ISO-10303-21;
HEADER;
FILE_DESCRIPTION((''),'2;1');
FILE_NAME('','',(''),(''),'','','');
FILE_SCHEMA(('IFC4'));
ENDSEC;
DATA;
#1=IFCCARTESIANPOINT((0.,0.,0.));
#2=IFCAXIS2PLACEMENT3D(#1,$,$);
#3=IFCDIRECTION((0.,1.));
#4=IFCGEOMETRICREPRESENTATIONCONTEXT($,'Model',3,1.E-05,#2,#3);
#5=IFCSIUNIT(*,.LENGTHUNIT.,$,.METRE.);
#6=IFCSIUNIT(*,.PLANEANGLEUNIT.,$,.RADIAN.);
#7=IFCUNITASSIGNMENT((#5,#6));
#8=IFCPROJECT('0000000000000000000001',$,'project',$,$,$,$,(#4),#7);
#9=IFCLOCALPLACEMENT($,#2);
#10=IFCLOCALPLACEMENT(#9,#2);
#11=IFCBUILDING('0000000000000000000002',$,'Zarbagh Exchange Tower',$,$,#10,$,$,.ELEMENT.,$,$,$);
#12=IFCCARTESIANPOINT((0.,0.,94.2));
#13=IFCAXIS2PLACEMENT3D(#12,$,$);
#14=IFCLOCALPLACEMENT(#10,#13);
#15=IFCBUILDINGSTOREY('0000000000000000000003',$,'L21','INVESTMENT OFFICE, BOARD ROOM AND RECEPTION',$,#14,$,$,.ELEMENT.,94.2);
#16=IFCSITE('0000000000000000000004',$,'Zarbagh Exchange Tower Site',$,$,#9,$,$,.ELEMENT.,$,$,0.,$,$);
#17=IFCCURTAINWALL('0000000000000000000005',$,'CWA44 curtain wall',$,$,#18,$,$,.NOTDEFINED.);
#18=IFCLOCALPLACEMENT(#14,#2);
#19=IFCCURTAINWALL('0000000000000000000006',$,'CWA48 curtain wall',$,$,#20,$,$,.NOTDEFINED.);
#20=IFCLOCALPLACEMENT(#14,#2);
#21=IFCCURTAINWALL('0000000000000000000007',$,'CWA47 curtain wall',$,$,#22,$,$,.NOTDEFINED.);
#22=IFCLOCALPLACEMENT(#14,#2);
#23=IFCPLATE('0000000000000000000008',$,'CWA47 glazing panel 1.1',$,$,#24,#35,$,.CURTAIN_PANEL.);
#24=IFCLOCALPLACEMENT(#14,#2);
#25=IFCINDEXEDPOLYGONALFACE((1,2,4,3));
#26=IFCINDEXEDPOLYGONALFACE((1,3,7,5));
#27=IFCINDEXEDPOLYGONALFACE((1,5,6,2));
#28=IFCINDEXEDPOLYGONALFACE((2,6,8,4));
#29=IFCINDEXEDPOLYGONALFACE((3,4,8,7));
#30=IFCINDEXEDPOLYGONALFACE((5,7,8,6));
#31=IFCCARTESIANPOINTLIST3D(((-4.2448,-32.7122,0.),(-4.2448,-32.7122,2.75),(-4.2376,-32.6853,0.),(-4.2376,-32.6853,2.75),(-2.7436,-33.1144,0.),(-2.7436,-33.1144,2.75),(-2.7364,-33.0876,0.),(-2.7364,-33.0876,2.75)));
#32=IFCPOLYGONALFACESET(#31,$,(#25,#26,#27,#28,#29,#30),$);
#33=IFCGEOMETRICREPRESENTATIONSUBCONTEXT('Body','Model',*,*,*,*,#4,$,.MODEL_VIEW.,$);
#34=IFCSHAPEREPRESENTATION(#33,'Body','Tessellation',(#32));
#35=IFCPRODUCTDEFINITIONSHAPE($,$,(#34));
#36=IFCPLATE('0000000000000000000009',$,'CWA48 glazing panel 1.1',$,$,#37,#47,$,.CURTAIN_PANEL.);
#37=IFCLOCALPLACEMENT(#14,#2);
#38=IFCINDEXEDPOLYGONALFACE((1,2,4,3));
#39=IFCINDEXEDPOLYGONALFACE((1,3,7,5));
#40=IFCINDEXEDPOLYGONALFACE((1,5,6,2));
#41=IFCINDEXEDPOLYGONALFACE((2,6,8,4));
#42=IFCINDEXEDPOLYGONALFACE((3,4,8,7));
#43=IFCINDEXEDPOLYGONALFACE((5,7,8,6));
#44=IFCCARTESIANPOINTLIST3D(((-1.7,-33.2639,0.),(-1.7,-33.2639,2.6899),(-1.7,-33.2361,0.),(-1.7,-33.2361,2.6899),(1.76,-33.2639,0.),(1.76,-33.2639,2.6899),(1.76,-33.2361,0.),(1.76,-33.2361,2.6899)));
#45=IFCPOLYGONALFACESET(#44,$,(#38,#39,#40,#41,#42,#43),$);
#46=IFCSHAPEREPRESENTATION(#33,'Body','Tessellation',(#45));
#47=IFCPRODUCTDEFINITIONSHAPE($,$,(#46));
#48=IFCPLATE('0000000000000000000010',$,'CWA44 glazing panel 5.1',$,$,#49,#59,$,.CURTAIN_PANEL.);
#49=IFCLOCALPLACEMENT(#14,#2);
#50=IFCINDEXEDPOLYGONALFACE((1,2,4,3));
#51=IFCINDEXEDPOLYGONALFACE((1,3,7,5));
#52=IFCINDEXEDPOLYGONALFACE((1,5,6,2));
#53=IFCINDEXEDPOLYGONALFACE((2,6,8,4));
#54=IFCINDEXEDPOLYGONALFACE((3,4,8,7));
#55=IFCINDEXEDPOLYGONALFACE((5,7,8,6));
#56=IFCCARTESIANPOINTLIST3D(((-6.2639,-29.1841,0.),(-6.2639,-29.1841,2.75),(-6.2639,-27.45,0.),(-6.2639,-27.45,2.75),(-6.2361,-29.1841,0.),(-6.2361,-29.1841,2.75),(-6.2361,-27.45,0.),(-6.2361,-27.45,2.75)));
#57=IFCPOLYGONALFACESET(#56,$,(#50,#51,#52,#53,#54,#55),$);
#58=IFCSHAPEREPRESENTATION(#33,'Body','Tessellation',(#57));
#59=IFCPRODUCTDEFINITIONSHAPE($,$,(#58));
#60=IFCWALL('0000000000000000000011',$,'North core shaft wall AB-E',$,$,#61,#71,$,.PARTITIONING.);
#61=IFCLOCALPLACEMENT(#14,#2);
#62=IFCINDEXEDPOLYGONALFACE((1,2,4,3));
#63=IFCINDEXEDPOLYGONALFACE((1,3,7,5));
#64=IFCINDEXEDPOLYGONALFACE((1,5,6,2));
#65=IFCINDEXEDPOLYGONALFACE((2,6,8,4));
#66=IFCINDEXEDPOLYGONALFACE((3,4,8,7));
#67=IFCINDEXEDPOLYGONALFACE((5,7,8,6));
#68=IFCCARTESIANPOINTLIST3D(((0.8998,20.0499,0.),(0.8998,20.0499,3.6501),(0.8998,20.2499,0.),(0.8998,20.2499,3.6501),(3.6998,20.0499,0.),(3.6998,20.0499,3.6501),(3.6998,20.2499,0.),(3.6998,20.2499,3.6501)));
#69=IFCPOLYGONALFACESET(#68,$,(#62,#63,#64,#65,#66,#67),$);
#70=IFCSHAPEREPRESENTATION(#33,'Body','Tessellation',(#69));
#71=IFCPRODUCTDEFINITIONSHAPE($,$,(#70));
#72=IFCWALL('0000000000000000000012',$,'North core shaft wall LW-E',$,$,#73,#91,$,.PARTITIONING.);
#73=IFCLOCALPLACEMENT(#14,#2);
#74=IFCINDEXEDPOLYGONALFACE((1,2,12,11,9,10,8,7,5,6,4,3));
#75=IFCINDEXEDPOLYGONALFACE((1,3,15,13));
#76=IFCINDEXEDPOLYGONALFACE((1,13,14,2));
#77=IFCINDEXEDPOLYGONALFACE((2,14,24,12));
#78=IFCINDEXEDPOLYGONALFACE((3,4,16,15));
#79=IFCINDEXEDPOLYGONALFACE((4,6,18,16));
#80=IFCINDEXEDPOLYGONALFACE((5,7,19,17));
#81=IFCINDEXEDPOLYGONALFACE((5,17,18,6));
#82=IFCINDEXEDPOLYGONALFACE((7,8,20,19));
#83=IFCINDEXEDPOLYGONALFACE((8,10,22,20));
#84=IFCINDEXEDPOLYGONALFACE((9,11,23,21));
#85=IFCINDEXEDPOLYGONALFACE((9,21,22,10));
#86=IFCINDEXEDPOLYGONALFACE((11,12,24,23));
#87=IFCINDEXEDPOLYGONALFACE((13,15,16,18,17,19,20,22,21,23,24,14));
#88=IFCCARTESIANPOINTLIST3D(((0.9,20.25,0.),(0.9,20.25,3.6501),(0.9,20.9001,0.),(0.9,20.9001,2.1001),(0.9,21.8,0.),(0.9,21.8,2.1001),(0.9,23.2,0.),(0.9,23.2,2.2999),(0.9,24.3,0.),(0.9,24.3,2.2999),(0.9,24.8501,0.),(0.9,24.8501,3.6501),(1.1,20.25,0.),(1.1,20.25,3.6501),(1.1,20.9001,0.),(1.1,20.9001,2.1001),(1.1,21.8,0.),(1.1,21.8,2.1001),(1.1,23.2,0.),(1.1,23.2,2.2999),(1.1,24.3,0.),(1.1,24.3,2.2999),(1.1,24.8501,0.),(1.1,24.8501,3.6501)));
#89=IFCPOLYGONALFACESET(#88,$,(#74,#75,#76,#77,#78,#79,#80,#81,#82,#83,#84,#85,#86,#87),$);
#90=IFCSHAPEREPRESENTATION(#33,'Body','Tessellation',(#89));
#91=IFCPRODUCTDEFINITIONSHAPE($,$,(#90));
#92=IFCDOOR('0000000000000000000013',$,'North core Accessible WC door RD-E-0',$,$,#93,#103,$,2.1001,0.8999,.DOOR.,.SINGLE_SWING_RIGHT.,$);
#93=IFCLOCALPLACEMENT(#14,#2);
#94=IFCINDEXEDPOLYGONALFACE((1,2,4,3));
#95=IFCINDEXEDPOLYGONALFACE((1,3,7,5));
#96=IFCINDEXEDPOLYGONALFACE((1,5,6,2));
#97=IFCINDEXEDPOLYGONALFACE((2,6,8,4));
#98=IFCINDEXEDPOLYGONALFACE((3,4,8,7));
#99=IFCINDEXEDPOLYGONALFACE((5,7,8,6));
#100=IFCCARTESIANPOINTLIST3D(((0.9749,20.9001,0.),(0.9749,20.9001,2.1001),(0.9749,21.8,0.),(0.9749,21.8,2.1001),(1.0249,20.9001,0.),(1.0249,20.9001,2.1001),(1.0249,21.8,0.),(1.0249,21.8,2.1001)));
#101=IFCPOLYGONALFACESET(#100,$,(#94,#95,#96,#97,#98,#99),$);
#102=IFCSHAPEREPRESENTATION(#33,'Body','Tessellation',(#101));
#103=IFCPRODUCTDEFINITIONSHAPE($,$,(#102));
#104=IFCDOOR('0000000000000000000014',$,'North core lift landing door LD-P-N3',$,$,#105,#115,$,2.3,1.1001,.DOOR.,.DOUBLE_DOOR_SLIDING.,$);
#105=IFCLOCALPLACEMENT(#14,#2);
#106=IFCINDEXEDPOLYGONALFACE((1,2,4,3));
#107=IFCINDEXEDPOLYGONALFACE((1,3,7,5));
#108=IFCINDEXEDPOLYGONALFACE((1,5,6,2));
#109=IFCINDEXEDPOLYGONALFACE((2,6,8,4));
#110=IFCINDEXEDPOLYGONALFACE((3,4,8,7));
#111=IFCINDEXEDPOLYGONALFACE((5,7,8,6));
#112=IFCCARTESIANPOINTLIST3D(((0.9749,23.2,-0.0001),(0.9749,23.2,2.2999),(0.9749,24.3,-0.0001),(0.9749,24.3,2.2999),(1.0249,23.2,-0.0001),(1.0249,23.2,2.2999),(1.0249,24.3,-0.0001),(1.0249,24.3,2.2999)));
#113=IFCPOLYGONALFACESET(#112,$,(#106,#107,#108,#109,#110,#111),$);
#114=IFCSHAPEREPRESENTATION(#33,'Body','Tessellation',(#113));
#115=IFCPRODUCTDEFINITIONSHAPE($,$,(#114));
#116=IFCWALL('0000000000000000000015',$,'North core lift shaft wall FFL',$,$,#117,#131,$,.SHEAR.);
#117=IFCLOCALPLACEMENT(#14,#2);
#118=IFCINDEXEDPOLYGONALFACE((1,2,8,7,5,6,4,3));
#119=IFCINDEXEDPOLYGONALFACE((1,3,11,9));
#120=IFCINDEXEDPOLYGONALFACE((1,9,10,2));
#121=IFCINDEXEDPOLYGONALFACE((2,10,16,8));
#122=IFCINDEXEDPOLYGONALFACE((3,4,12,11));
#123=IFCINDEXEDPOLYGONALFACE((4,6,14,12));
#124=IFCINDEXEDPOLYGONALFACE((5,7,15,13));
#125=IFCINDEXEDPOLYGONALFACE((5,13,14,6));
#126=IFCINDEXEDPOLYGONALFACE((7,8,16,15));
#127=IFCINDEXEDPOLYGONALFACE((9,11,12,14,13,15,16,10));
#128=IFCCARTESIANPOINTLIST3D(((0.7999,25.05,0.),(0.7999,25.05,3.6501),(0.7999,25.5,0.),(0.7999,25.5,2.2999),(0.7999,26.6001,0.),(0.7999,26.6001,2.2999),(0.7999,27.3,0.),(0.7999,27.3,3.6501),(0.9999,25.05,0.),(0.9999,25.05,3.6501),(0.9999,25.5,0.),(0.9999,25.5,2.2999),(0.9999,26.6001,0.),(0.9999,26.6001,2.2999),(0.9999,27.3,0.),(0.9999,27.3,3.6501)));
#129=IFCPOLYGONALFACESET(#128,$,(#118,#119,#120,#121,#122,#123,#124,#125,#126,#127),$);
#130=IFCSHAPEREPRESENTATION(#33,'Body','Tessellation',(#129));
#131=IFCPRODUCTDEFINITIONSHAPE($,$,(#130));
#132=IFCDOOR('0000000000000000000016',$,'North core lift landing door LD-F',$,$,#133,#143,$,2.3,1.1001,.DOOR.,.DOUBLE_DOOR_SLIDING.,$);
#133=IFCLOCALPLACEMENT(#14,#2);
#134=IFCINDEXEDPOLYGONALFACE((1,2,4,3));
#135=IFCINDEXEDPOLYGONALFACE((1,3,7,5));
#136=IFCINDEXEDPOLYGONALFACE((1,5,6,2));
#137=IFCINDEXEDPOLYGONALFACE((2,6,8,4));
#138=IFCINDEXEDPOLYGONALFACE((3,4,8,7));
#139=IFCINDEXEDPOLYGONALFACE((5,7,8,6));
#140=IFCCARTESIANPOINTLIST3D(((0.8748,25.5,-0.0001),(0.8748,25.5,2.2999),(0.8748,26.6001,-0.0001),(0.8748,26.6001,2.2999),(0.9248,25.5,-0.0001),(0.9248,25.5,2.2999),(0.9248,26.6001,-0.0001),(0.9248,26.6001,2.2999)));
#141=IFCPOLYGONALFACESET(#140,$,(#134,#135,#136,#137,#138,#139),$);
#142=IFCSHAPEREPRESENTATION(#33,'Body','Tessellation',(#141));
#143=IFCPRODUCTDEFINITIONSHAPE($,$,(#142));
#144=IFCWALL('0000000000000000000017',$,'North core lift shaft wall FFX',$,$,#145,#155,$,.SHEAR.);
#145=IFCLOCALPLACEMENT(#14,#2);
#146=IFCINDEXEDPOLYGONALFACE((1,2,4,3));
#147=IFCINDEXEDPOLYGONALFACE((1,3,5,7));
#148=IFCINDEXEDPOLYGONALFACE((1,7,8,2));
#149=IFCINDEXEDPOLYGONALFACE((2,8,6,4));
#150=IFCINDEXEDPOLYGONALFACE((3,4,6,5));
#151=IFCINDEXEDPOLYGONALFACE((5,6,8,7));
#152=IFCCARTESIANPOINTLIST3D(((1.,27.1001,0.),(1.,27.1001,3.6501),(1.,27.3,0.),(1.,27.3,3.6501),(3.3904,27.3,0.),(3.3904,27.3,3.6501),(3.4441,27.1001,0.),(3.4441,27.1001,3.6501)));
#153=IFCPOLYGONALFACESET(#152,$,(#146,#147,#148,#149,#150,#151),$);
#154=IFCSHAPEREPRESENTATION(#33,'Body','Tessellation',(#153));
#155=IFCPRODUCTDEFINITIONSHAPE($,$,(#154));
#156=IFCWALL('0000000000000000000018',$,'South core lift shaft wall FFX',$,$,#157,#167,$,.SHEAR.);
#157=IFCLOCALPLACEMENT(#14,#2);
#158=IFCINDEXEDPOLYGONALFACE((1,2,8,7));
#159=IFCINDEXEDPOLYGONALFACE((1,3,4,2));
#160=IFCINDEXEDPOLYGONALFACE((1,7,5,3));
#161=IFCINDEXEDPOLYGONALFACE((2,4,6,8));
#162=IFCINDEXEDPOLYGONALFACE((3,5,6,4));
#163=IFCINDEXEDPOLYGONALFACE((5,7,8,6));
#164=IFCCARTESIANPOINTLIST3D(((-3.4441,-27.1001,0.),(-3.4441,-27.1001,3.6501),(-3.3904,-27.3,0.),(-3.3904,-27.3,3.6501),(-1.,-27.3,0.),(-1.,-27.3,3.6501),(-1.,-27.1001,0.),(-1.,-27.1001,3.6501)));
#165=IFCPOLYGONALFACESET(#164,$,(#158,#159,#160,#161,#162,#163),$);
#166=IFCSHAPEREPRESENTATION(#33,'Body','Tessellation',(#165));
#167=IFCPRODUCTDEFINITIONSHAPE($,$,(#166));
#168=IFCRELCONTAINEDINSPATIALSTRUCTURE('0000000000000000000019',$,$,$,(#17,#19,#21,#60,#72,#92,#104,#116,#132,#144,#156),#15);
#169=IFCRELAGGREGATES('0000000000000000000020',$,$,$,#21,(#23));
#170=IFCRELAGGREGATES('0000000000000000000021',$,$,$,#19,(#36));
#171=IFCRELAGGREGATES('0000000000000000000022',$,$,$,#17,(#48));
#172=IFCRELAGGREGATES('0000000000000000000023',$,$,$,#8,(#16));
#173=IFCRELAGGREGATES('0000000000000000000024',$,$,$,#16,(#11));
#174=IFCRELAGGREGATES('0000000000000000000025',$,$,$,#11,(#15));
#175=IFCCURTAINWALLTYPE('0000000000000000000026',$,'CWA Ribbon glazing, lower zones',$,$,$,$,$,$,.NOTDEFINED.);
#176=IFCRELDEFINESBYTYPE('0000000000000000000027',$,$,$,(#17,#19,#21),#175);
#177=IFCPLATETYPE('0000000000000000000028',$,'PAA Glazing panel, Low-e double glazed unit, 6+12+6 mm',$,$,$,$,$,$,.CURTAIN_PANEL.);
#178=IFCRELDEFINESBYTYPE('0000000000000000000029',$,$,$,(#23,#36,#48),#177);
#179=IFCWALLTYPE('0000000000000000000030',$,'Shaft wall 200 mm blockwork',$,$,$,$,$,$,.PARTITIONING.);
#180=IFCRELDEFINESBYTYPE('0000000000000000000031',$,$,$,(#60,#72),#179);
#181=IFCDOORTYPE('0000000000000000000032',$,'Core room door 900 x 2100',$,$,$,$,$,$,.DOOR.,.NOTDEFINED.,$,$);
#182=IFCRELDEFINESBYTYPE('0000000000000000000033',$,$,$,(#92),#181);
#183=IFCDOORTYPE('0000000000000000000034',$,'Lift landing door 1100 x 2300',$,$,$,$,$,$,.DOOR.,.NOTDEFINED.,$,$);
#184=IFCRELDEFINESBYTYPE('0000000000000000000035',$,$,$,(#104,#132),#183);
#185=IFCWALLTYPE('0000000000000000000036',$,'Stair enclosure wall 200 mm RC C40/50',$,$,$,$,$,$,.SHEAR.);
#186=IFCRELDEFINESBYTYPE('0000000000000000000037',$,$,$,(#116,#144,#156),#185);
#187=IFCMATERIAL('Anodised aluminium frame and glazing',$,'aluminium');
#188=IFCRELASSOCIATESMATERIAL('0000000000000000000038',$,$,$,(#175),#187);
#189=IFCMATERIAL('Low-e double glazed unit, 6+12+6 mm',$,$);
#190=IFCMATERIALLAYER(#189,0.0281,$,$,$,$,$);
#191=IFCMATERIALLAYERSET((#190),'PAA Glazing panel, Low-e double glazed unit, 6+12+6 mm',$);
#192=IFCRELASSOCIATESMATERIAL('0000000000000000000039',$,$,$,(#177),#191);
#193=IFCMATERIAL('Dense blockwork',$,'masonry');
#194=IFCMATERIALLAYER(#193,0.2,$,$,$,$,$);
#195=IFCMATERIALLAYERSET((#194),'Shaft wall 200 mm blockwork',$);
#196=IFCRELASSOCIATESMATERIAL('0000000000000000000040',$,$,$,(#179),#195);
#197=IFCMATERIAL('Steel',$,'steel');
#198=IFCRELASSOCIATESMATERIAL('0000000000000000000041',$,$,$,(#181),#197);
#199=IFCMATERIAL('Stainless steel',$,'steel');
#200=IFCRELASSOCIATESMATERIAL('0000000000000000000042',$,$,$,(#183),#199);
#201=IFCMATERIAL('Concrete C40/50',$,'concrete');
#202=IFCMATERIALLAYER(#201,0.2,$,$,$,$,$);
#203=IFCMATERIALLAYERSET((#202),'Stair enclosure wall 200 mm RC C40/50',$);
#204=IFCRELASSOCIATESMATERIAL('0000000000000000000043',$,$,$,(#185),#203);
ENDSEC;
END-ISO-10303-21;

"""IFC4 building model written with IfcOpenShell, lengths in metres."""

from ifc_helpers import new_model, si_unit, direction, frame, frame_2d, origin, place, context, subcontext, project, spatial, polyline, rectangle, outline, extrude, source, transform, mapped, material, layer, layer_set, type_object, element, fill, aggregate, save


model = new_model("IFC4")

# Units and contexts
model_context = context("Model", 3, precision=1e-05, world=origin(), true_north=direction((0.0, 1.0)))
body_context = subcontext(model_context, "Body", "Model", "MODEL_VIEW")
ifc_project = project(units=[si_unit("LENGTHUNIT", "METRE"), si_unit("PLANEANGLEUNIT", "RADIAN")], contexts=[model_context])

# Site, building, storey
site_placement = place(None, origin())
site = spatial("IfcSite", under=ifc_project, at=site_placement, Name="Zarbagh Exchange Tower Site", CompositionType="ELEMENT", RefElevation=0.0)
building_placement = place(site_placement, origin())
building = spatial("IfcBuilding", under=site, at=building_placement, Name="Zarbagh Exchange Tower", CompositionType="ELEMENT")
storey_placement = place(building_placement, frame((0.0, 0.0, 94.2)))
storey = spatial("IfcBuildingStorey", under=building, at=storey_placement, Name="L21", Description="INVESTMENT OFFICE, BOARD ROOM AND RECEPTION", CompositionType="ELEMENT", Elevation=94.2)

# Curtain wall
ifc_material_1 = material(Name="Anodised aluminium frame and glazing", Category="aluminium")
curtain_wall_type = type_object("IfcCurtainWallType", Name="CWA Ribbon glazing, lower zones", PredefinedType="NOTDEFINED", material=ifc_material_1)
curtain_wall_1_placement = place(storey_placement, origin())
curtain_wall_1 = element("IfcCurtainWall", 1, at=curtain_wall_1_placement, inside=storey, type_object=curtain_wall_type, Name="CWA44 curtain wall", PredefinedType="NOTDEFINED")
placement = place(storey_placement, origin())

# Curtain wall
curtain_wall_2_placement = place(storey_placement, origin())
curtain_wall_2 = element("IfcCurtainWall", 2, at=curtain_wall_2_placement, inside=storey, type_object=curtain_wall_type, Name="CWA48 curtain wall", PredefinedType="NOTDEFINED")

# Shared definitions
ifc_material_2 = material(Name="Concrete C40/50", Category="concrete")

# Shared definitions
ifc_material_3 = material(Name="Low-e double glazed unit, 6+12+6 mm")
ifc_layer_1 = layer(ifc_material_3, 0.0281)
ifc_layer_set_1 = layer_set([ifc_layer_1], Name="PAA Glazing panel, Low-e double glazed unit, 6+12+6 mm")
plate_type = type_object("IfcPlateType", Name="PAA Glazing panel, Low-e double glazed unit, 6+12+6 mm", PredefinedType="CURTAIN_PANEL", material=ifc_layer_set_1)

# Curtain wall, plate
curtain_wall_3_placement = place(storey_placement, origin())
curtain_wall_3 = element("IfcCurtainWall", 3, at=curtain_wall_3_placement, inside=storey, type_object=curtain_wall_type, Name="CWA47 curtain wall", PredefinedType="NOTDEFINED")
shared_shape_1 = source(origin(), body_context, "Body", "SweptSolid", [
    extrude(outline(polyline([(0.0, -0.0139), (1.5542, -0.0139), (1.5542, 0.0139), (0.0, 0.0139), (0.0, -0.0139)])), origin(), (0.0, 0.0, 1.0), 2.75),
])
plate_1 = element("IfcPlate", 4, at=placement, type_object=plate_type, Name="CWA47 glazing panel 1.1", PredefinedType="CURTAIN_PANEL", context=body_context, shape_type="MappedRepresentation", body=[
    mapped(shared_shape_1, transform((-4.2412, -32.6987, 0.0), x_axis=(0.965924, -0.258825, 0.0), y_axis=(0.258825, 0.965924, 0.0), z_axis=(0.0, 0.0, 1.0))),
])
aggregate(curtain_wall_3, [plate_1])

# Plates
shared_shape_2 = source(origin(), body_context, "Body", "SweptSolid", [
    extrude(outline(polyline([(0.0, -0.0139), (3.46, -0.0139), (3.46, 0.0139), (0.0, 0.0139), (0.0, -0.0139)])), origin(), (0.0, 0.0, 1.0), 2.6899),
])
plate_2 = element("IfcPlate", 5, at=placement, type_object=plate_type, Name="CWA48 glazing panel 1.1", PredefinedType="CURTAIN_PANEL", context=body_context, shape_type="MappedRepresentation", body=[
    mapped(shared_shape_2, transform((-1.7, -33.25, 0.0), x_axis=(1.0, 0.0, 0.0), y_axis=(0.0, 1.0, 0.0), z_axis=(0.0, 0.0, 1.0))),
])
aggregate(curtain_wall_2, [plate_2])
shared_shape_3 = source(origin(), body_context, "Body", "SweptSolid", [
    extrude(outline(polyline([(0.0, -0.0139), (1.7341, -0.0139), (1.7341, 0.0139), (0.0, 0.0139), (0.0, -0.0139)])), origin(), (0.0, 0.0, 1.0), 2.75),
])
plate_3 = element("IfcPlate", 6, at=placement, type_object=plate_type, Name="CWA44 glazing panel 5.1", PredefinedType="CURTAIN_PANEL", context=body_context, shape_type="MappedRepresentation", body=[
    mapped(shared_shape_3, transform((-6.25, -27.45, 0.0), x_axis=(0.0, -1.0, 0.0), y_axis=(1.0, 0.0, 0.0), z_axis=(0.0, 0.0, 1.0))),
])
aggregate(curtain_wall_1, [plate_3])

# Wall
ifc_material_4 = material(Name="Dense blockwork", Category="masonry")
ifc_layer_2 = layer(ifc_material_4, 0.2)
ifc_layer_set_2 = layer_set([ifc_layer_2], Name="Shaft wall 200 mm blockwork")
wall_type_1 = type_object("IfcWallType", Name="Shaft wall 200 mm blockwork", PredefinedType="PARTITIONING", material=ifc_layer_set_2)
wall_1_placement = place(storey_placement, frame((0.8999, 20.1499, 0.0), z_axis=(0.0, 0.0, 1.0), x_axis=(1.0, 0.0, 0.0)))
element("IfcWall", 7, at=wall_1_placement, inside=storey, type_object=wall_type_1, Name="North core shaft wall AB-E", PredefinedType="PARTITIONING", context=body_context, shape_type="SweptSolid", body=[
    extrude(rectangle(XDim=2.8, YDim=0.2, at=frame_2d((1.3999, 0.0))), origin(), (0.0, 0.0, 1.0), 3.6501),
])

# Wall, openings, doors
wall_2_placement = place(storey_placement, frame((1.0, 24.8501, 0.0), z_axis=(0.0, 0.0, 1.0), x_axis=(0.0, -1.0, 0.0)))
wall_2 = element("IfcWall", 8, at=wall_2_placement, inside=storey, type_object=wall_type_1, Name="North core shaft wall LW-E", PredefinedType="PARTITIONING", context=body_context, shape_type="SweptSolid", body=[
    extrude(rectangle(XDim=4.6001, YDim=0.2, at=frame_2d((2.3, 0.0))), origin(), (0.0, 0.0, 1.0), 3.6501),
])
opening_1_placement = place(wall_2_placement, frame((0.55, 0.0, 0.0)))
opening_1 = element("IfcOpeningElement", 9, at=opening_1_placement, cuts=wall_2, PredefinedType="OPENING", context=body_context, shape_type="SweptSolid", body=[
    extrude(rectangle(XDim=1.1001, YDim=2.3, at=frame_2d((0.55, 1.1499))), frame((0.0, 0.1099, 0.0), z_axis=(0.0, -1.0, 0.0), x_axis=(1.0, 0.0, 0.0)), (0.0, 0.0, 1.0), 0.22),
])
opening_2_placement = place(wall_2_placement, frame((3.05, 0.0, 0.0)))
opening_2 = element("IfcOpeningElement", 10, at=opening_2_placement, cuts=wall_2, PredefinedType="OPENING", context=body_context, shape_type="SweptSolid", body=[
    extrude(rectangle(XDim=0.8999, YDim=2.1001, at=frame_2d((0.45, 1.05))), frame((0.0, 0.1099, 0.0), z_axis=(0.0, -1.0, 0.0), x_axis=(1.0, 0.0, 0.0)), (0.0, 0.0, 1.0), 0.22),
])
ifc_material_5 = material(Name="Steel", Category="steel")
door_type_1 = type_object("IfcDoorType", Name="Core room door 900 x 2100", OperationType="NOTDEFINED", PredefinedType="DOOR", material=ifc_material_5)
door_1_placement = place(opening_2_placement, origin())
door_1 = element("IfcDoor", 11, at=door_1_placement, inside=storey, type_object=door_type_1, Name="North core Accessible WC door RD-E-0", OperationType="SINGLE_SWING_RIGHT", OverallHeight=2.1001, OverallWidth=0.8999, PredefinedType="DOOR", context=body_context, shape_type="SweptSolid", body=[
    extrude(rectangle(XDim=0.8999, YDim=2.1001, at=frame_2d((0.45, 1.05))), frame((0.0, 0.0249, 0.0), z_axis=(0.0, -1.0, 0.0), x_axis=(1.0, 0.0, 0.0)), (0.0, 0.0, 1.0), 0.05),
])
fill(opening_2, door_1)
ifc_material_6 = material(Name="Stainless steel", Category="steel")
door_type_2 = type_object("IfcDoorType", Name="Lift landing door 1100 x 2300", OperationType="NOTDEFINED", PredefinedType="DOOR", material=ifc_material_6)
door_2_placement = place(opening_1_placement, origin())
door_2 = element("IfcDoor", 12, at=door_2_placement, inside=storey, type_object=door_type_2, Name="North core lift landing door LD-P-N3", OperationType="DOUBLE_DOOR_SLIDING", OverallHeight=2.3, OverallWidth=1.1001, PredefinedType="DOOR", context=body_context, shape_type="SweptSolid", body=[
    extrude(rectangle(XDim=1.1001, YDim=2.3, at=frame_2d((0.55, 1.1499))), frame((0.0, 0.0249, 0.0), z_axis=(0.0, -1.0, 0.0), x_axis=(1.0, 0.0, 0.0)), (0.0, 0.0, 1.0), 0.05),
])
fill(opening_1, door_2)

# Wall, opening, door
ifc_layer_3 = layer(ifc_material_2, 0.2)
ifc_layer_set_3 = layer_set([ifc_layer_3], Name="Stair enclosure wall 200 mm RC C40/50")
wall_type_2 = type_object("IfcWallType", Name="Stair enclosure wall 200 mm RC C40/50", PredefinedType="SHEAR", material=ifc_layer_set_3)
wall_3_placement = place(storey_placement, frame((0.8999, 27.3, 0.0), z_axis=(0.0, 0.0, 1.0), x_axis=(0.0, -1.0, 0.0)))
wall_3 = element("IfcWall", 13, at=wall_3_placement, inside=storey, type_object=wall_type_2, Name="North core lift shaft wall FFL", PredefinedType="SHEAR", context=body_context, shape_type="SweptSolid", body=[
    extrude(rectangle(XDim=2.25, YDim=0.2, at=frame_2d((1.125, 0.0))), origin(), (0.0, 0.0, 1.0), 3.6501),
])
opening_3_placement = place(wall_3_placement, frame((0.7, 0.0, 0.0)))
opening_3 = element("IfcOpeningElement", 14, at=opening_3_placement, cuts=wall_3, PredefinedType="OPENING", context=body_context, shape_type="SweptSolid", body=[
    extrude(rectangle(XDim=1.1001, YDim=2.3, at=frame_2d((0.55, 1.1499))), frame((0.0, 0.1099, 0.0), z_axis=(0.0, -1.0, 0.0), x_axis=(1.0, 0.0, 0.0)), (0.0, 0.0, 1.0), 0.22),
])
door_3_placement = place(opening_3_placement, origin())
door_3 = element("IfcDoor", 15, at=door_3_placement, inside=storey, type_object=door_type_2, Name="North core lift landing door LD-F", OperationType="DOUBLE_DOOR_SLIDING", OverallHeight=2.3, OverallWidth=1.1001, PredefinedType="DOOR", context=body_context, shape_type="SweptSolid", body=[
    extrude(rectangle(XDim=1.1001, YDim=2.3, at=frame_2d((0.55, 1.1499))), frame((0.0, 0.0249, 0.0), z_axis=(0.0, -1.0, 0.0), x_axis=(1.0, 0.0, 0.0)), (0.0, 0.0, 1.0), 0.05),
])
fill(opening_3, door_3)

# Walls
wall_4_placement = place(storey_placement, origin())
element("IfcWall", 16, at=wall_4_placement, inside=storey, type_object=wall_type_2, Name="North core lift shaft wall FFX", PredefinedType="SHEAR", context=body_context, shape_type="SweptSolid", body=[
    extrude(outline(polyline([(1.0, 27.1001), (3.4441, 27.1001), (3.3904, 27.3), (1.0, 27.3), (1.0, 27.1001)])), origin(), (0.0, 0.0, 1.0), 3.6501),
])
wall_5_placement = place(storey_placement, origin())
element("IfcWall", 17, at=wall_5_placement, inside=storey, type_object=wall_type_2, Name="South core lift shaft wall FFX", PredefinedType="SHEAR", context=body_context, shape_type="SweptSolid", body=[
    extrude(outline(polyline([(-1.0, -27.1001), (-3.4441, -27.1001), (-3.3904, -27.3), (-1.0, -27.3), (-1.0, -27.1001)])), origin(), (0.0, 0.0, 1.0), 3.6501),
])

save(model, "model.ifc")
